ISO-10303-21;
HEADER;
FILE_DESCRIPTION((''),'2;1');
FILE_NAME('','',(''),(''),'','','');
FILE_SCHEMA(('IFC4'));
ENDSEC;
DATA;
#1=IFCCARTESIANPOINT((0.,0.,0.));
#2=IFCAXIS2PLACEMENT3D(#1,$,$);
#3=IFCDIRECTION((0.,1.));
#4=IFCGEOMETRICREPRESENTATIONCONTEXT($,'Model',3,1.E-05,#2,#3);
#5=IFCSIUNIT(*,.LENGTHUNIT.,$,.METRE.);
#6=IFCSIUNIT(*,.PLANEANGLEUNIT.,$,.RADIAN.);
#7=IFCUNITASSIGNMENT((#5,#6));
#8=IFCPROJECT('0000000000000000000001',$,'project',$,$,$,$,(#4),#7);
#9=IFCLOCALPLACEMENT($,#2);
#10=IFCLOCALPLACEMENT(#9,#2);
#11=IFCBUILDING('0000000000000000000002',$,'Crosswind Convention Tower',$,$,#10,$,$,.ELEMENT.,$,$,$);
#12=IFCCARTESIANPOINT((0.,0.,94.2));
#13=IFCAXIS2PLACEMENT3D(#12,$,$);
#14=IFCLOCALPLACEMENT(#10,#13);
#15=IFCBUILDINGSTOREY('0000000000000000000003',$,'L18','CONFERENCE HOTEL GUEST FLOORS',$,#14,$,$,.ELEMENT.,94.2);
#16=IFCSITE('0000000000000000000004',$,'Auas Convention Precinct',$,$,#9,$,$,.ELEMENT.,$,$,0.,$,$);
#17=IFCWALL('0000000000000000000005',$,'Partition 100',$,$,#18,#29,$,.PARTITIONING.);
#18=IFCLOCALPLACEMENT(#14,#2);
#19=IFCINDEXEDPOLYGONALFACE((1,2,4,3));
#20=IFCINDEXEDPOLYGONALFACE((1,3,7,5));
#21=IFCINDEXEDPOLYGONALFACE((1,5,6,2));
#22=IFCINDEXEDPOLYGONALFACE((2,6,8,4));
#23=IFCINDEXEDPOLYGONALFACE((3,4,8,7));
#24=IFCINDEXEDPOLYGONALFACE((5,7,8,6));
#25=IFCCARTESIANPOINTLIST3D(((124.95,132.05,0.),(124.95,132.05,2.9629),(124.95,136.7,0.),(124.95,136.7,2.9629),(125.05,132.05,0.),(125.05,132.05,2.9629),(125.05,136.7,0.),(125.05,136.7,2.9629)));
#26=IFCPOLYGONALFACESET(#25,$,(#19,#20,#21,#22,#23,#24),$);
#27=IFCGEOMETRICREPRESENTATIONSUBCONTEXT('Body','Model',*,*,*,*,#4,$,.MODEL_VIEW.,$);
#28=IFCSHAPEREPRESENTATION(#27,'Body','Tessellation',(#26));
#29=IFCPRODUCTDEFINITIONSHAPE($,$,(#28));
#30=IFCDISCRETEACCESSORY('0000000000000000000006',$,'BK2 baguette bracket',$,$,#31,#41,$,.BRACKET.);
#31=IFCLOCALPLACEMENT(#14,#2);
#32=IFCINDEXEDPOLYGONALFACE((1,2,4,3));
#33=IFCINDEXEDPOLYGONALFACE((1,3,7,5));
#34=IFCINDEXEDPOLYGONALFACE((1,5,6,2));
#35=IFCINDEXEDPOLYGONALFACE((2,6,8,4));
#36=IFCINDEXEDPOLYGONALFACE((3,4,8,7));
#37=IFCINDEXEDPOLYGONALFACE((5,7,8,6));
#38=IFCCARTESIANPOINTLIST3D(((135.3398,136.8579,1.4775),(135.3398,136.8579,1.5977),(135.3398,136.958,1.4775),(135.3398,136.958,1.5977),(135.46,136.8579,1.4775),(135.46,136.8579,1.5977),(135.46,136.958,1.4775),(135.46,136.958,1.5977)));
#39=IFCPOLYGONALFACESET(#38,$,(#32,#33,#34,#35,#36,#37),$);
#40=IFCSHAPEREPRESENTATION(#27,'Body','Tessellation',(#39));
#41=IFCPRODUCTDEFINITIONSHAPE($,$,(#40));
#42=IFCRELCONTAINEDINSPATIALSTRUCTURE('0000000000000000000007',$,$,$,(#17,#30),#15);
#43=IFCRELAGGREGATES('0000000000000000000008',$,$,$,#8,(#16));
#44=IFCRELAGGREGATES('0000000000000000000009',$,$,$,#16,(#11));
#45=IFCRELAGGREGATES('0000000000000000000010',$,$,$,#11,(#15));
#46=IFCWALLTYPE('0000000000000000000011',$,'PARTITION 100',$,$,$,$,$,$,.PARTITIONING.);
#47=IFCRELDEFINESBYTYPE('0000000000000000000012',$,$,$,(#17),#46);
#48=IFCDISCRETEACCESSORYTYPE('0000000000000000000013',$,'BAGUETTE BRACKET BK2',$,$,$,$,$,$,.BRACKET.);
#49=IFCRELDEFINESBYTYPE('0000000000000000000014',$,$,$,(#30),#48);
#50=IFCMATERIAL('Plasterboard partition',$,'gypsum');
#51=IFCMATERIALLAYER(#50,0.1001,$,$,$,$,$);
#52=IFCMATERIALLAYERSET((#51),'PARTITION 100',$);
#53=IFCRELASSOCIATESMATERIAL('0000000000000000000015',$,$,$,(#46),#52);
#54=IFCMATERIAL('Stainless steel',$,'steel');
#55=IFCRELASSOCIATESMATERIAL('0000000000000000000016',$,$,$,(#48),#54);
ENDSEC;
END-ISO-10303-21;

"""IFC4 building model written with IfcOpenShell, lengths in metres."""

from ifc_helpers import new_model, si_unit, direction, frame, frame_2d, origin, origin_2d, place, context, subcontext, project, spatial, rectangle, extrude, material, layer, layer_set, type_object, element, save


model = new_model("IFC4")

# Units and contexts
model_context = context("Model", 3, precision=1e-05, world=origin(), true_north=direction((0.0, 1.0)))
body_context = subcontext(model_context, "Body", "Model", "MODEL_VIEW")
ifc_project = project(units=[si_unit("LENGTHUNIT", "METRE"), si_unit("PLANEANGLEUNIT", "RADIAN")], contexts=[model_context])

# Site, building, storey
site_placement = place(None, origin())
site = spatial("IfcSite", under=ifc_project, at=site_placement, Name="Auas Convention Precinct", CompositionType="ELEMENT", RefElevation=0.0)
building_placement = place(site_placement, origin())
building = spatial("IfcBuilding", under=site, at=building_placement, Name="Crosswind Convention Tower", CompositionType="ELEMENT")
storey_placement = place(building_placement, frame((0.0, 0.0, 94.2)))
storey = spatial("IfcBuildingStorey", under=building, at=storey_placement, Name="L18", Description="CONFERENCE HOTEL GUEST FLOORS", CompositionType="ELEMENT", Elevation=94.2)

# Shared definitions
ifc_material_1 = material(Name="Plasterboard partition", Category="gypsum")

# Wall
ifc_layer_1 = layer(ifc_material_1, 0.1001)
ifc_layer_set_1 = layer_set([ifc_layer_1], Name="PARTITION 100")
wall_type_1 = type_object("IfcWallType", Name="PARTITION 100", PredefinedType="PARTITIONING", material=ifc_layer_set_1)
wall_1_placement = place(storey_placement, frame((125.0, 132.05, 0.0), z_axis=(0.0, 0.0, 1.0), x_axis=(0.0, 1.0, 0.0)))
element("IfcWall", 1, at=wall_1_placement, inside=storey, type_object=wall_type_1, Name="Partition 100", PredefinedType="PARTITIONING", context=body_context, shape_type="SweptSolid", body=[
    extrude(rectangle(XDim=4.6499, YDim=0.1001, at=frame_2d((2.325, 0.0))), origin(), (0.0, 0.0, 1.0), 2.9629),
])

# Discrete accessory
ifc_material_2 = material(Name="Stainless steel", Category="steel")
discrete_accessory_type = type_object("IfcDiscreteAccessoryType", Name="BAGUETTE BRACKET BK2", PredefinedType="BRACKET", material=ifc_material_2)
discrete_accessory_placement = place(storey_placement, frame((135.3999, 136.908, 1.4775), z_axis=(0.0, 0.0, 1.0), x_axis=(-1.0, 0.0, 0.0)))
element("IfcDiscreteAccessory", 2, at=discrete_accessory_placement, inside=storey, type_object=discrete_accessory_type, Name="BK2 baguette bracket", PredefinedType="BRACKET", context=body_context, shape_type="SweptSolid", body=[
    extrude(rectangle(XDim=0.1201, YDim=0.1001, at=origin_2d()), origin(), (0.0, 0.0, 1.0), 0.1201),
])

save(model, "model.ifc")
